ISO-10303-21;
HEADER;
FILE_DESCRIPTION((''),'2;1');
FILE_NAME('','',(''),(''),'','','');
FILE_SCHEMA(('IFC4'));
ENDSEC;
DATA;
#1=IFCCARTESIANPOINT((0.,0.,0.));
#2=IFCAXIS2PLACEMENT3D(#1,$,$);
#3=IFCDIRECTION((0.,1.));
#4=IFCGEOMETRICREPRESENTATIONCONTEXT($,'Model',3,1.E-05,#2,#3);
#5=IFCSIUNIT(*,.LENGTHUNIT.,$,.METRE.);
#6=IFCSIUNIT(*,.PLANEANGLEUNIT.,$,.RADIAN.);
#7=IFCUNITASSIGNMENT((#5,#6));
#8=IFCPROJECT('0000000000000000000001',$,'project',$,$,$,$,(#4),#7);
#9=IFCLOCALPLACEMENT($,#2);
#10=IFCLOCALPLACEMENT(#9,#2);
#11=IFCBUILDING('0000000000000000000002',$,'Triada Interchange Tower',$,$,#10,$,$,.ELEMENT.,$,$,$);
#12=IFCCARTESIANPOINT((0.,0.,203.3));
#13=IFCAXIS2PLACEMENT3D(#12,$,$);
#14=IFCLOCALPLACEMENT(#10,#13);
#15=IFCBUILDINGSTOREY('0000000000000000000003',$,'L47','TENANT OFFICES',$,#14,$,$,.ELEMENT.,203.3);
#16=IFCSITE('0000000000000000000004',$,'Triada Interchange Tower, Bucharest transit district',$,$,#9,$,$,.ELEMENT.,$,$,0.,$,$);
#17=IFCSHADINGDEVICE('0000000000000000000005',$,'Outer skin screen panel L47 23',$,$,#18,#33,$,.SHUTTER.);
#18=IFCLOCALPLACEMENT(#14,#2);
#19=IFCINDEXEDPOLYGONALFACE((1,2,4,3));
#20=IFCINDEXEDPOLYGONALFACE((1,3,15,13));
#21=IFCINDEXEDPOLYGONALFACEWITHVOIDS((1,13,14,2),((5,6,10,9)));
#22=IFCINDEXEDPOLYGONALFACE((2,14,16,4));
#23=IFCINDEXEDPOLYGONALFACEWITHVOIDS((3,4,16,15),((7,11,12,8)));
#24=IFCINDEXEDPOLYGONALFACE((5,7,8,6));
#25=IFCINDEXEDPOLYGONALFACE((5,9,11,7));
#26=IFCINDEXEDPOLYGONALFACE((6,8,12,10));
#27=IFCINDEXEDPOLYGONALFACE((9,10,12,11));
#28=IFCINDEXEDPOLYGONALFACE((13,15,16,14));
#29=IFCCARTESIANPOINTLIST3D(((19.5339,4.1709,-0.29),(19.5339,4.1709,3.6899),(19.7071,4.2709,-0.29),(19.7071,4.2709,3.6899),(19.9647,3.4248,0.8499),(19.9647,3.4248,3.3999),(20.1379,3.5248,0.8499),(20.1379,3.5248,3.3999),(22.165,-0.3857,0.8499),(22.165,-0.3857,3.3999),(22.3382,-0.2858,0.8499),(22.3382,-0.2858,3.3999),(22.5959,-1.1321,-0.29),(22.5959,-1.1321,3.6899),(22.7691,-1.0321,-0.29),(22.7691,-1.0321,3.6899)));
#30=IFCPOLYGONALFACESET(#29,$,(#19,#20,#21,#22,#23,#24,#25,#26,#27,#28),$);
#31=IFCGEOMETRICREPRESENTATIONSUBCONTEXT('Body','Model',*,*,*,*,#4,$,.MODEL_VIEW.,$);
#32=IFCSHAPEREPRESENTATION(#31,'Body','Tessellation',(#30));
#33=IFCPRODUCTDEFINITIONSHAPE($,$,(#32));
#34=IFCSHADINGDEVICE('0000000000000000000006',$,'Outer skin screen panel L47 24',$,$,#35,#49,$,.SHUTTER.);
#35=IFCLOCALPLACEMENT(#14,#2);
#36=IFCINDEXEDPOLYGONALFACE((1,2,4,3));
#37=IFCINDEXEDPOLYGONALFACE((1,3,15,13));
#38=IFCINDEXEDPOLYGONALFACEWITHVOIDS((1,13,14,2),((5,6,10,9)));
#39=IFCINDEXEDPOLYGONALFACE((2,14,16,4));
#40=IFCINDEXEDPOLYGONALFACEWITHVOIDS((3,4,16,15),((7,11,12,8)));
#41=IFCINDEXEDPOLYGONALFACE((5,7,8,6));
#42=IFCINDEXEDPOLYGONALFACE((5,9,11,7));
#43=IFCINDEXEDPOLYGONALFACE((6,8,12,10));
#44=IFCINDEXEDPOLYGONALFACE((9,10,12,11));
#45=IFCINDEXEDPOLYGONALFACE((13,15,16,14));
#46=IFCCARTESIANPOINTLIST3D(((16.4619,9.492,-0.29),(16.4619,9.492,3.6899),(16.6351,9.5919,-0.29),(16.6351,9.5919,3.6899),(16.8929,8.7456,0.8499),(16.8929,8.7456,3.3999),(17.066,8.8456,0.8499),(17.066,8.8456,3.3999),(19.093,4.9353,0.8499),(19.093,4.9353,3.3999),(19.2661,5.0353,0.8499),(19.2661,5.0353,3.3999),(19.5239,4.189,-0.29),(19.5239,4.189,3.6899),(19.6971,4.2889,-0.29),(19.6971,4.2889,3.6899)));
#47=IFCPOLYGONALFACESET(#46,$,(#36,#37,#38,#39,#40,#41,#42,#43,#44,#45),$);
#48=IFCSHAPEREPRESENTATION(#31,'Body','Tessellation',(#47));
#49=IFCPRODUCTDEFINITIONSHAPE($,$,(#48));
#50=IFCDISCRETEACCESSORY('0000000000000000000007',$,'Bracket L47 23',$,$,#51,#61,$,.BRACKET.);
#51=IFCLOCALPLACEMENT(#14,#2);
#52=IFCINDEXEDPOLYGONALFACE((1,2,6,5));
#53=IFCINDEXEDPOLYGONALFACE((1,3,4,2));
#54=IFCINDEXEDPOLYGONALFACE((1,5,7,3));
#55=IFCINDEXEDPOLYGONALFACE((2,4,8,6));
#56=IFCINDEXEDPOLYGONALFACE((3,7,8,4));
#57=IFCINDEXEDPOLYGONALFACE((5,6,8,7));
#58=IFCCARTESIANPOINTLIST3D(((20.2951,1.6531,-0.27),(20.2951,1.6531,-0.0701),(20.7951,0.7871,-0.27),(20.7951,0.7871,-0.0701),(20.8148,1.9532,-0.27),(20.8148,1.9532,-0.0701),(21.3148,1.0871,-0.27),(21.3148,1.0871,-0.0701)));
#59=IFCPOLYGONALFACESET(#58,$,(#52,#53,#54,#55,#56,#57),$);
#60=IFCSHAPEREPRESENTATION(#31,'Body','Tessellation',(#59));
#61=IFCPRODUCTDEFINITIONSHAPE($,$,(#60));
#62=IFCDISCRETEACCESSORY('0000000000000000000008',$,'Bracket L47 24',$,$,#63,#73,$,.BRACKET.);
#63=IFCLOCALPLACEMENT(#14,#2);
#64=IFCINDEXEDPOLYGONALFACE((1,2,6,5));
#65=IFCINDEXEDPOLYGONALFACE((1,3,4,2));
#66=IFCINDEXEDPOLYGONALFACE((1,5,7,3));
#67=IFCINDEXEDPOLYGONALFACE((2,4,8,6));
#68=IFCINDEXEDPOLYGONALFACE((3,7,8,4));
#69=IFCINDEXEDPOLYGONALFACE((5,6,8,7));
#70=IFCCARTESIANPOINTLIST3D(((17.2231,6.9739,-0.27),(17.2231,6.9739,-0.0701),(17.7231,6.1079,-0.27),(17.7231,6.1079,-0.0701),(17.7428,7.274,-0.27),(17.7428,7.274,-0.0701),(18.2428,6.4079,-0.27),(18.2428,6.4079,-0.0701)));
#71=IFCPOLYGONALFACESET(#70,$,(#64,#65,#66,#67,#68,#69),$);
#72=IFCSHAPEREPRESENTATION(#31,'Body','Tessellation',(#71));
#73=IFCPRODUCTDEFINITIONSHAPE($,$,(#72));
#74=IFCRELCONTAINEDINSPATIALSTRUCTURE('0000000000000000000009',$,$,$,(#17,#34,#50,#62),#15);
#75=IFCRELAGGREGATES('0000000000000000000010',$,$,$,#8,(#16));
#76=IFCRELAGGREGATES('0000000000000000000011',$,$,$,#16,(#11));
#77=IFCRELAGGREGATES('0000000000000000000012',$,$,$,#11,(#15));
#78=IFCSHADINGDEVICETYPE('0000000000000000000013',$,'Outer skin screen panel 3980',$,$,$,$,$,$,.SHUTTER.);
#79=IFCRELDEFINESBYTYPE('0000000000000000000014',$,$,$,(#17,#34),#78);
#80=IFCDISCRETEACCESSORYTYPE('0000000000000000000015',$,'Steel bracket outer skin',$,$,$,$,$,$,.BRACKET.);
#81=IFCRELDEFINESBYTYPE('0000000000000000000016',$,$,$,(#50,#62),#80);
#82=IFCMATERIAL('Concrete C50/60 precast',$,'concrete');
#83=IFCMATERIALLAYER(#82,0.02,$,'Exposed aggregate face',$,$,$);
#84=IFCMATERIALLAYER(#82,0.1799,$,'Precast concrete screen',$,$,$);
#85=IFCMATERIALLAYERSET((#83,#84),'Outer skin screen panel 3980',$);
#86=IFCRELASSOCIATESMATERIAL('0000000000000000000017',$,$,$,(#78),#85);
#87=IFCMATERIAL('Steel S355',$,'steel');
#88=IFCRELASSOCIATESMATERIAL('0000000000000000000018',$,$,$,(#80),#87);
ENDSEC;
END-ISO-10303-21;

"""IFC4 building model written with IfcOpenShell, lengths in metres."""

from ifc_helpers import new_model, si_unit, direction, frame, origin, origin_2d, place, context, subcontext, project, spatial, polyline, rectangle, outline, extrude, material, layer, layer_set, type_object, element, save


model = new_model("IFC4")

# Units and contexts
model_context = context("Model", 3, precision=1e-05, world=origin(), true_north=direction((0.0, 1.0)))
body_context = subcontext(model_context, "Body", "Model", "MODEL_VIEW")
ifc_project = project(units=[si_unit("LENGTHUNIT", "METRE"), si_unit("PLANEANGLEUNIT", "RADIAN")], contexts=[model_context])

# Site, building, storey
site_placement = place(None, origin())
site = spatial("IfcSite", under=ifc_project, at=site_placement, Name="Triada Interchange Tower, Bucharest transit district", CompositionType="ELEMENT", RefElevation=0.0)
building_placement = place(site_placement, origin())
building = spatial("IfcBuilding", under=site, at=building_placement, Name="Triada Interchange Tower", CompositionType="ELEMENT")
storey_placement = place(building_placement, frame((0.0, 0.0, 203.3)))
storey = spatial("IfcBuildingStorey", under=building, at=storey_placement, Name="L47", Description="TENANT OFFICES", CompositionType="ELEMENT", Elevation=203.3)

# Shading devices
ifc_material_1 = material(Name="Concrete C50/60 precast", Category="concrete")
ifc_layer_1 = layer(ifc_material_1, 0.02, Name="Exposed aggregate face")
ifc_layer_2 = layer(ifc_material_1, 0.1799, Name="Precast concrete screen")
ifc_layer_set_1 = layer_set([ifc_layer_1, ifc_layer_2], Name="Outer skin screen panel 3980")
shading_device_type = type_object("IfcShadingDeviceType", Name="Outer skin screen panel 3980", PredefinedType="SHUTTER", material=ifc_layer_set_1)
shading_device_1_placement = place(storey_placement, frame((22.5959, -1.1321, -0.29), z_axis=(0.0, 0.0, 1.0), x_axis=(-0.500041, 0.866002, 0.0)))
element("IfcShadingDevice", 1, at=shading_device_1_placement, inside=storey, type_object=shading_device_type, Name="Outer skin screen panel L47 23", PredefinedType="SHUTTER", context=body_context, shape_type="SweptSolid", body=[
    extrude(outline(polyline([(0.0, 0.0), (6.1235, 0.0), (6.1235, 3.98), (0.0, 3.98), (0.0, 0.0)]), holes=[polyline([(0.8618, 1.1399), (0.8618, 3.6899), (5.262, 3.6899), (5.262, 1.1399), (0.8618, 1.1399)])]), frame((0.0, 0.0, 0.0), z_axis=(0.0, -1.0, 0.0), x_axis=(1.0, 0.0, 0.0)), (0.0, 0.0, 1.0), 0.2),
])
shading_device_2_placement = place(storey_placement, frame((19.5239, 4.189, -0.29), z_axis=(0.0, 0.0, 1.0), x_axis=(-0.500041, 0.866002, 0.0)))
element("IfcShadingDevice", 2, at=shading_device_2_placement, inside=storey, type_object=shading_device_type, Name="Outer skin screen panel L47 24", PredefinedType="SHUTTER", context=body_context, shape_type="SweptSolid", body=[
    extrude(outline(polyline([(0.0, 0.0), (6.1235, 0.0), (6.1235, 3.98), (0.0, 3.98), (0.0, 0.0)]), holes=[polyline([(0.8618, 1.1399), (0.8618, 3.6899), (5.2617, 3.6899), (5.2617, 1.1399), (0.8618, 1.1399)])]), frame((0.0, 0.0, 0.0), z_axis=(0.0, -1.0, 0.0), x_axis=(1.0, 0.0, 0.0)), (0.0, 0.0, 1.0), 0.2),
])

# Discrete accessories
ifc_material_2 = material(Name="Steel S355", Category="steel")
discrete_accessory_type = type_object("IfcDiscreteAccessoryType", Name="Steel bracket outer skin", PredefinedType="BRACKET", material=ifc_material_2)
for number, where, z_axis, x_axis, name in (
    (3, (20.8049, 1.3701, -0.27), (0.0, 0.0, 1.0), (0.866021, 0.500007, 0.0), "Bracket L47 23"),
    (4, (17.7329, 6.6909, -0.27), (0.0, 0.0, 1.0), (0.866021, 0.500007, 0.0), "Bracket L47 24"),
):
    element("IfcDiscreteAccessory", number, at=place(storey_placement, frame(where, z_axis=z_axis, x_axis=x_axis)), inside=storey, type_object=discrete_accessory_type, Name=name, PredefinedType="BRACKET", context=body_context, shape_type="SweptSolid", body=[
        extrude(rectangle(XDim=0.6001, YDim=1.0, at=origin_2d()), origin(), (0.0, 0.0, 1.0), 0.2),
    ])

save(model, "model.ifc")
